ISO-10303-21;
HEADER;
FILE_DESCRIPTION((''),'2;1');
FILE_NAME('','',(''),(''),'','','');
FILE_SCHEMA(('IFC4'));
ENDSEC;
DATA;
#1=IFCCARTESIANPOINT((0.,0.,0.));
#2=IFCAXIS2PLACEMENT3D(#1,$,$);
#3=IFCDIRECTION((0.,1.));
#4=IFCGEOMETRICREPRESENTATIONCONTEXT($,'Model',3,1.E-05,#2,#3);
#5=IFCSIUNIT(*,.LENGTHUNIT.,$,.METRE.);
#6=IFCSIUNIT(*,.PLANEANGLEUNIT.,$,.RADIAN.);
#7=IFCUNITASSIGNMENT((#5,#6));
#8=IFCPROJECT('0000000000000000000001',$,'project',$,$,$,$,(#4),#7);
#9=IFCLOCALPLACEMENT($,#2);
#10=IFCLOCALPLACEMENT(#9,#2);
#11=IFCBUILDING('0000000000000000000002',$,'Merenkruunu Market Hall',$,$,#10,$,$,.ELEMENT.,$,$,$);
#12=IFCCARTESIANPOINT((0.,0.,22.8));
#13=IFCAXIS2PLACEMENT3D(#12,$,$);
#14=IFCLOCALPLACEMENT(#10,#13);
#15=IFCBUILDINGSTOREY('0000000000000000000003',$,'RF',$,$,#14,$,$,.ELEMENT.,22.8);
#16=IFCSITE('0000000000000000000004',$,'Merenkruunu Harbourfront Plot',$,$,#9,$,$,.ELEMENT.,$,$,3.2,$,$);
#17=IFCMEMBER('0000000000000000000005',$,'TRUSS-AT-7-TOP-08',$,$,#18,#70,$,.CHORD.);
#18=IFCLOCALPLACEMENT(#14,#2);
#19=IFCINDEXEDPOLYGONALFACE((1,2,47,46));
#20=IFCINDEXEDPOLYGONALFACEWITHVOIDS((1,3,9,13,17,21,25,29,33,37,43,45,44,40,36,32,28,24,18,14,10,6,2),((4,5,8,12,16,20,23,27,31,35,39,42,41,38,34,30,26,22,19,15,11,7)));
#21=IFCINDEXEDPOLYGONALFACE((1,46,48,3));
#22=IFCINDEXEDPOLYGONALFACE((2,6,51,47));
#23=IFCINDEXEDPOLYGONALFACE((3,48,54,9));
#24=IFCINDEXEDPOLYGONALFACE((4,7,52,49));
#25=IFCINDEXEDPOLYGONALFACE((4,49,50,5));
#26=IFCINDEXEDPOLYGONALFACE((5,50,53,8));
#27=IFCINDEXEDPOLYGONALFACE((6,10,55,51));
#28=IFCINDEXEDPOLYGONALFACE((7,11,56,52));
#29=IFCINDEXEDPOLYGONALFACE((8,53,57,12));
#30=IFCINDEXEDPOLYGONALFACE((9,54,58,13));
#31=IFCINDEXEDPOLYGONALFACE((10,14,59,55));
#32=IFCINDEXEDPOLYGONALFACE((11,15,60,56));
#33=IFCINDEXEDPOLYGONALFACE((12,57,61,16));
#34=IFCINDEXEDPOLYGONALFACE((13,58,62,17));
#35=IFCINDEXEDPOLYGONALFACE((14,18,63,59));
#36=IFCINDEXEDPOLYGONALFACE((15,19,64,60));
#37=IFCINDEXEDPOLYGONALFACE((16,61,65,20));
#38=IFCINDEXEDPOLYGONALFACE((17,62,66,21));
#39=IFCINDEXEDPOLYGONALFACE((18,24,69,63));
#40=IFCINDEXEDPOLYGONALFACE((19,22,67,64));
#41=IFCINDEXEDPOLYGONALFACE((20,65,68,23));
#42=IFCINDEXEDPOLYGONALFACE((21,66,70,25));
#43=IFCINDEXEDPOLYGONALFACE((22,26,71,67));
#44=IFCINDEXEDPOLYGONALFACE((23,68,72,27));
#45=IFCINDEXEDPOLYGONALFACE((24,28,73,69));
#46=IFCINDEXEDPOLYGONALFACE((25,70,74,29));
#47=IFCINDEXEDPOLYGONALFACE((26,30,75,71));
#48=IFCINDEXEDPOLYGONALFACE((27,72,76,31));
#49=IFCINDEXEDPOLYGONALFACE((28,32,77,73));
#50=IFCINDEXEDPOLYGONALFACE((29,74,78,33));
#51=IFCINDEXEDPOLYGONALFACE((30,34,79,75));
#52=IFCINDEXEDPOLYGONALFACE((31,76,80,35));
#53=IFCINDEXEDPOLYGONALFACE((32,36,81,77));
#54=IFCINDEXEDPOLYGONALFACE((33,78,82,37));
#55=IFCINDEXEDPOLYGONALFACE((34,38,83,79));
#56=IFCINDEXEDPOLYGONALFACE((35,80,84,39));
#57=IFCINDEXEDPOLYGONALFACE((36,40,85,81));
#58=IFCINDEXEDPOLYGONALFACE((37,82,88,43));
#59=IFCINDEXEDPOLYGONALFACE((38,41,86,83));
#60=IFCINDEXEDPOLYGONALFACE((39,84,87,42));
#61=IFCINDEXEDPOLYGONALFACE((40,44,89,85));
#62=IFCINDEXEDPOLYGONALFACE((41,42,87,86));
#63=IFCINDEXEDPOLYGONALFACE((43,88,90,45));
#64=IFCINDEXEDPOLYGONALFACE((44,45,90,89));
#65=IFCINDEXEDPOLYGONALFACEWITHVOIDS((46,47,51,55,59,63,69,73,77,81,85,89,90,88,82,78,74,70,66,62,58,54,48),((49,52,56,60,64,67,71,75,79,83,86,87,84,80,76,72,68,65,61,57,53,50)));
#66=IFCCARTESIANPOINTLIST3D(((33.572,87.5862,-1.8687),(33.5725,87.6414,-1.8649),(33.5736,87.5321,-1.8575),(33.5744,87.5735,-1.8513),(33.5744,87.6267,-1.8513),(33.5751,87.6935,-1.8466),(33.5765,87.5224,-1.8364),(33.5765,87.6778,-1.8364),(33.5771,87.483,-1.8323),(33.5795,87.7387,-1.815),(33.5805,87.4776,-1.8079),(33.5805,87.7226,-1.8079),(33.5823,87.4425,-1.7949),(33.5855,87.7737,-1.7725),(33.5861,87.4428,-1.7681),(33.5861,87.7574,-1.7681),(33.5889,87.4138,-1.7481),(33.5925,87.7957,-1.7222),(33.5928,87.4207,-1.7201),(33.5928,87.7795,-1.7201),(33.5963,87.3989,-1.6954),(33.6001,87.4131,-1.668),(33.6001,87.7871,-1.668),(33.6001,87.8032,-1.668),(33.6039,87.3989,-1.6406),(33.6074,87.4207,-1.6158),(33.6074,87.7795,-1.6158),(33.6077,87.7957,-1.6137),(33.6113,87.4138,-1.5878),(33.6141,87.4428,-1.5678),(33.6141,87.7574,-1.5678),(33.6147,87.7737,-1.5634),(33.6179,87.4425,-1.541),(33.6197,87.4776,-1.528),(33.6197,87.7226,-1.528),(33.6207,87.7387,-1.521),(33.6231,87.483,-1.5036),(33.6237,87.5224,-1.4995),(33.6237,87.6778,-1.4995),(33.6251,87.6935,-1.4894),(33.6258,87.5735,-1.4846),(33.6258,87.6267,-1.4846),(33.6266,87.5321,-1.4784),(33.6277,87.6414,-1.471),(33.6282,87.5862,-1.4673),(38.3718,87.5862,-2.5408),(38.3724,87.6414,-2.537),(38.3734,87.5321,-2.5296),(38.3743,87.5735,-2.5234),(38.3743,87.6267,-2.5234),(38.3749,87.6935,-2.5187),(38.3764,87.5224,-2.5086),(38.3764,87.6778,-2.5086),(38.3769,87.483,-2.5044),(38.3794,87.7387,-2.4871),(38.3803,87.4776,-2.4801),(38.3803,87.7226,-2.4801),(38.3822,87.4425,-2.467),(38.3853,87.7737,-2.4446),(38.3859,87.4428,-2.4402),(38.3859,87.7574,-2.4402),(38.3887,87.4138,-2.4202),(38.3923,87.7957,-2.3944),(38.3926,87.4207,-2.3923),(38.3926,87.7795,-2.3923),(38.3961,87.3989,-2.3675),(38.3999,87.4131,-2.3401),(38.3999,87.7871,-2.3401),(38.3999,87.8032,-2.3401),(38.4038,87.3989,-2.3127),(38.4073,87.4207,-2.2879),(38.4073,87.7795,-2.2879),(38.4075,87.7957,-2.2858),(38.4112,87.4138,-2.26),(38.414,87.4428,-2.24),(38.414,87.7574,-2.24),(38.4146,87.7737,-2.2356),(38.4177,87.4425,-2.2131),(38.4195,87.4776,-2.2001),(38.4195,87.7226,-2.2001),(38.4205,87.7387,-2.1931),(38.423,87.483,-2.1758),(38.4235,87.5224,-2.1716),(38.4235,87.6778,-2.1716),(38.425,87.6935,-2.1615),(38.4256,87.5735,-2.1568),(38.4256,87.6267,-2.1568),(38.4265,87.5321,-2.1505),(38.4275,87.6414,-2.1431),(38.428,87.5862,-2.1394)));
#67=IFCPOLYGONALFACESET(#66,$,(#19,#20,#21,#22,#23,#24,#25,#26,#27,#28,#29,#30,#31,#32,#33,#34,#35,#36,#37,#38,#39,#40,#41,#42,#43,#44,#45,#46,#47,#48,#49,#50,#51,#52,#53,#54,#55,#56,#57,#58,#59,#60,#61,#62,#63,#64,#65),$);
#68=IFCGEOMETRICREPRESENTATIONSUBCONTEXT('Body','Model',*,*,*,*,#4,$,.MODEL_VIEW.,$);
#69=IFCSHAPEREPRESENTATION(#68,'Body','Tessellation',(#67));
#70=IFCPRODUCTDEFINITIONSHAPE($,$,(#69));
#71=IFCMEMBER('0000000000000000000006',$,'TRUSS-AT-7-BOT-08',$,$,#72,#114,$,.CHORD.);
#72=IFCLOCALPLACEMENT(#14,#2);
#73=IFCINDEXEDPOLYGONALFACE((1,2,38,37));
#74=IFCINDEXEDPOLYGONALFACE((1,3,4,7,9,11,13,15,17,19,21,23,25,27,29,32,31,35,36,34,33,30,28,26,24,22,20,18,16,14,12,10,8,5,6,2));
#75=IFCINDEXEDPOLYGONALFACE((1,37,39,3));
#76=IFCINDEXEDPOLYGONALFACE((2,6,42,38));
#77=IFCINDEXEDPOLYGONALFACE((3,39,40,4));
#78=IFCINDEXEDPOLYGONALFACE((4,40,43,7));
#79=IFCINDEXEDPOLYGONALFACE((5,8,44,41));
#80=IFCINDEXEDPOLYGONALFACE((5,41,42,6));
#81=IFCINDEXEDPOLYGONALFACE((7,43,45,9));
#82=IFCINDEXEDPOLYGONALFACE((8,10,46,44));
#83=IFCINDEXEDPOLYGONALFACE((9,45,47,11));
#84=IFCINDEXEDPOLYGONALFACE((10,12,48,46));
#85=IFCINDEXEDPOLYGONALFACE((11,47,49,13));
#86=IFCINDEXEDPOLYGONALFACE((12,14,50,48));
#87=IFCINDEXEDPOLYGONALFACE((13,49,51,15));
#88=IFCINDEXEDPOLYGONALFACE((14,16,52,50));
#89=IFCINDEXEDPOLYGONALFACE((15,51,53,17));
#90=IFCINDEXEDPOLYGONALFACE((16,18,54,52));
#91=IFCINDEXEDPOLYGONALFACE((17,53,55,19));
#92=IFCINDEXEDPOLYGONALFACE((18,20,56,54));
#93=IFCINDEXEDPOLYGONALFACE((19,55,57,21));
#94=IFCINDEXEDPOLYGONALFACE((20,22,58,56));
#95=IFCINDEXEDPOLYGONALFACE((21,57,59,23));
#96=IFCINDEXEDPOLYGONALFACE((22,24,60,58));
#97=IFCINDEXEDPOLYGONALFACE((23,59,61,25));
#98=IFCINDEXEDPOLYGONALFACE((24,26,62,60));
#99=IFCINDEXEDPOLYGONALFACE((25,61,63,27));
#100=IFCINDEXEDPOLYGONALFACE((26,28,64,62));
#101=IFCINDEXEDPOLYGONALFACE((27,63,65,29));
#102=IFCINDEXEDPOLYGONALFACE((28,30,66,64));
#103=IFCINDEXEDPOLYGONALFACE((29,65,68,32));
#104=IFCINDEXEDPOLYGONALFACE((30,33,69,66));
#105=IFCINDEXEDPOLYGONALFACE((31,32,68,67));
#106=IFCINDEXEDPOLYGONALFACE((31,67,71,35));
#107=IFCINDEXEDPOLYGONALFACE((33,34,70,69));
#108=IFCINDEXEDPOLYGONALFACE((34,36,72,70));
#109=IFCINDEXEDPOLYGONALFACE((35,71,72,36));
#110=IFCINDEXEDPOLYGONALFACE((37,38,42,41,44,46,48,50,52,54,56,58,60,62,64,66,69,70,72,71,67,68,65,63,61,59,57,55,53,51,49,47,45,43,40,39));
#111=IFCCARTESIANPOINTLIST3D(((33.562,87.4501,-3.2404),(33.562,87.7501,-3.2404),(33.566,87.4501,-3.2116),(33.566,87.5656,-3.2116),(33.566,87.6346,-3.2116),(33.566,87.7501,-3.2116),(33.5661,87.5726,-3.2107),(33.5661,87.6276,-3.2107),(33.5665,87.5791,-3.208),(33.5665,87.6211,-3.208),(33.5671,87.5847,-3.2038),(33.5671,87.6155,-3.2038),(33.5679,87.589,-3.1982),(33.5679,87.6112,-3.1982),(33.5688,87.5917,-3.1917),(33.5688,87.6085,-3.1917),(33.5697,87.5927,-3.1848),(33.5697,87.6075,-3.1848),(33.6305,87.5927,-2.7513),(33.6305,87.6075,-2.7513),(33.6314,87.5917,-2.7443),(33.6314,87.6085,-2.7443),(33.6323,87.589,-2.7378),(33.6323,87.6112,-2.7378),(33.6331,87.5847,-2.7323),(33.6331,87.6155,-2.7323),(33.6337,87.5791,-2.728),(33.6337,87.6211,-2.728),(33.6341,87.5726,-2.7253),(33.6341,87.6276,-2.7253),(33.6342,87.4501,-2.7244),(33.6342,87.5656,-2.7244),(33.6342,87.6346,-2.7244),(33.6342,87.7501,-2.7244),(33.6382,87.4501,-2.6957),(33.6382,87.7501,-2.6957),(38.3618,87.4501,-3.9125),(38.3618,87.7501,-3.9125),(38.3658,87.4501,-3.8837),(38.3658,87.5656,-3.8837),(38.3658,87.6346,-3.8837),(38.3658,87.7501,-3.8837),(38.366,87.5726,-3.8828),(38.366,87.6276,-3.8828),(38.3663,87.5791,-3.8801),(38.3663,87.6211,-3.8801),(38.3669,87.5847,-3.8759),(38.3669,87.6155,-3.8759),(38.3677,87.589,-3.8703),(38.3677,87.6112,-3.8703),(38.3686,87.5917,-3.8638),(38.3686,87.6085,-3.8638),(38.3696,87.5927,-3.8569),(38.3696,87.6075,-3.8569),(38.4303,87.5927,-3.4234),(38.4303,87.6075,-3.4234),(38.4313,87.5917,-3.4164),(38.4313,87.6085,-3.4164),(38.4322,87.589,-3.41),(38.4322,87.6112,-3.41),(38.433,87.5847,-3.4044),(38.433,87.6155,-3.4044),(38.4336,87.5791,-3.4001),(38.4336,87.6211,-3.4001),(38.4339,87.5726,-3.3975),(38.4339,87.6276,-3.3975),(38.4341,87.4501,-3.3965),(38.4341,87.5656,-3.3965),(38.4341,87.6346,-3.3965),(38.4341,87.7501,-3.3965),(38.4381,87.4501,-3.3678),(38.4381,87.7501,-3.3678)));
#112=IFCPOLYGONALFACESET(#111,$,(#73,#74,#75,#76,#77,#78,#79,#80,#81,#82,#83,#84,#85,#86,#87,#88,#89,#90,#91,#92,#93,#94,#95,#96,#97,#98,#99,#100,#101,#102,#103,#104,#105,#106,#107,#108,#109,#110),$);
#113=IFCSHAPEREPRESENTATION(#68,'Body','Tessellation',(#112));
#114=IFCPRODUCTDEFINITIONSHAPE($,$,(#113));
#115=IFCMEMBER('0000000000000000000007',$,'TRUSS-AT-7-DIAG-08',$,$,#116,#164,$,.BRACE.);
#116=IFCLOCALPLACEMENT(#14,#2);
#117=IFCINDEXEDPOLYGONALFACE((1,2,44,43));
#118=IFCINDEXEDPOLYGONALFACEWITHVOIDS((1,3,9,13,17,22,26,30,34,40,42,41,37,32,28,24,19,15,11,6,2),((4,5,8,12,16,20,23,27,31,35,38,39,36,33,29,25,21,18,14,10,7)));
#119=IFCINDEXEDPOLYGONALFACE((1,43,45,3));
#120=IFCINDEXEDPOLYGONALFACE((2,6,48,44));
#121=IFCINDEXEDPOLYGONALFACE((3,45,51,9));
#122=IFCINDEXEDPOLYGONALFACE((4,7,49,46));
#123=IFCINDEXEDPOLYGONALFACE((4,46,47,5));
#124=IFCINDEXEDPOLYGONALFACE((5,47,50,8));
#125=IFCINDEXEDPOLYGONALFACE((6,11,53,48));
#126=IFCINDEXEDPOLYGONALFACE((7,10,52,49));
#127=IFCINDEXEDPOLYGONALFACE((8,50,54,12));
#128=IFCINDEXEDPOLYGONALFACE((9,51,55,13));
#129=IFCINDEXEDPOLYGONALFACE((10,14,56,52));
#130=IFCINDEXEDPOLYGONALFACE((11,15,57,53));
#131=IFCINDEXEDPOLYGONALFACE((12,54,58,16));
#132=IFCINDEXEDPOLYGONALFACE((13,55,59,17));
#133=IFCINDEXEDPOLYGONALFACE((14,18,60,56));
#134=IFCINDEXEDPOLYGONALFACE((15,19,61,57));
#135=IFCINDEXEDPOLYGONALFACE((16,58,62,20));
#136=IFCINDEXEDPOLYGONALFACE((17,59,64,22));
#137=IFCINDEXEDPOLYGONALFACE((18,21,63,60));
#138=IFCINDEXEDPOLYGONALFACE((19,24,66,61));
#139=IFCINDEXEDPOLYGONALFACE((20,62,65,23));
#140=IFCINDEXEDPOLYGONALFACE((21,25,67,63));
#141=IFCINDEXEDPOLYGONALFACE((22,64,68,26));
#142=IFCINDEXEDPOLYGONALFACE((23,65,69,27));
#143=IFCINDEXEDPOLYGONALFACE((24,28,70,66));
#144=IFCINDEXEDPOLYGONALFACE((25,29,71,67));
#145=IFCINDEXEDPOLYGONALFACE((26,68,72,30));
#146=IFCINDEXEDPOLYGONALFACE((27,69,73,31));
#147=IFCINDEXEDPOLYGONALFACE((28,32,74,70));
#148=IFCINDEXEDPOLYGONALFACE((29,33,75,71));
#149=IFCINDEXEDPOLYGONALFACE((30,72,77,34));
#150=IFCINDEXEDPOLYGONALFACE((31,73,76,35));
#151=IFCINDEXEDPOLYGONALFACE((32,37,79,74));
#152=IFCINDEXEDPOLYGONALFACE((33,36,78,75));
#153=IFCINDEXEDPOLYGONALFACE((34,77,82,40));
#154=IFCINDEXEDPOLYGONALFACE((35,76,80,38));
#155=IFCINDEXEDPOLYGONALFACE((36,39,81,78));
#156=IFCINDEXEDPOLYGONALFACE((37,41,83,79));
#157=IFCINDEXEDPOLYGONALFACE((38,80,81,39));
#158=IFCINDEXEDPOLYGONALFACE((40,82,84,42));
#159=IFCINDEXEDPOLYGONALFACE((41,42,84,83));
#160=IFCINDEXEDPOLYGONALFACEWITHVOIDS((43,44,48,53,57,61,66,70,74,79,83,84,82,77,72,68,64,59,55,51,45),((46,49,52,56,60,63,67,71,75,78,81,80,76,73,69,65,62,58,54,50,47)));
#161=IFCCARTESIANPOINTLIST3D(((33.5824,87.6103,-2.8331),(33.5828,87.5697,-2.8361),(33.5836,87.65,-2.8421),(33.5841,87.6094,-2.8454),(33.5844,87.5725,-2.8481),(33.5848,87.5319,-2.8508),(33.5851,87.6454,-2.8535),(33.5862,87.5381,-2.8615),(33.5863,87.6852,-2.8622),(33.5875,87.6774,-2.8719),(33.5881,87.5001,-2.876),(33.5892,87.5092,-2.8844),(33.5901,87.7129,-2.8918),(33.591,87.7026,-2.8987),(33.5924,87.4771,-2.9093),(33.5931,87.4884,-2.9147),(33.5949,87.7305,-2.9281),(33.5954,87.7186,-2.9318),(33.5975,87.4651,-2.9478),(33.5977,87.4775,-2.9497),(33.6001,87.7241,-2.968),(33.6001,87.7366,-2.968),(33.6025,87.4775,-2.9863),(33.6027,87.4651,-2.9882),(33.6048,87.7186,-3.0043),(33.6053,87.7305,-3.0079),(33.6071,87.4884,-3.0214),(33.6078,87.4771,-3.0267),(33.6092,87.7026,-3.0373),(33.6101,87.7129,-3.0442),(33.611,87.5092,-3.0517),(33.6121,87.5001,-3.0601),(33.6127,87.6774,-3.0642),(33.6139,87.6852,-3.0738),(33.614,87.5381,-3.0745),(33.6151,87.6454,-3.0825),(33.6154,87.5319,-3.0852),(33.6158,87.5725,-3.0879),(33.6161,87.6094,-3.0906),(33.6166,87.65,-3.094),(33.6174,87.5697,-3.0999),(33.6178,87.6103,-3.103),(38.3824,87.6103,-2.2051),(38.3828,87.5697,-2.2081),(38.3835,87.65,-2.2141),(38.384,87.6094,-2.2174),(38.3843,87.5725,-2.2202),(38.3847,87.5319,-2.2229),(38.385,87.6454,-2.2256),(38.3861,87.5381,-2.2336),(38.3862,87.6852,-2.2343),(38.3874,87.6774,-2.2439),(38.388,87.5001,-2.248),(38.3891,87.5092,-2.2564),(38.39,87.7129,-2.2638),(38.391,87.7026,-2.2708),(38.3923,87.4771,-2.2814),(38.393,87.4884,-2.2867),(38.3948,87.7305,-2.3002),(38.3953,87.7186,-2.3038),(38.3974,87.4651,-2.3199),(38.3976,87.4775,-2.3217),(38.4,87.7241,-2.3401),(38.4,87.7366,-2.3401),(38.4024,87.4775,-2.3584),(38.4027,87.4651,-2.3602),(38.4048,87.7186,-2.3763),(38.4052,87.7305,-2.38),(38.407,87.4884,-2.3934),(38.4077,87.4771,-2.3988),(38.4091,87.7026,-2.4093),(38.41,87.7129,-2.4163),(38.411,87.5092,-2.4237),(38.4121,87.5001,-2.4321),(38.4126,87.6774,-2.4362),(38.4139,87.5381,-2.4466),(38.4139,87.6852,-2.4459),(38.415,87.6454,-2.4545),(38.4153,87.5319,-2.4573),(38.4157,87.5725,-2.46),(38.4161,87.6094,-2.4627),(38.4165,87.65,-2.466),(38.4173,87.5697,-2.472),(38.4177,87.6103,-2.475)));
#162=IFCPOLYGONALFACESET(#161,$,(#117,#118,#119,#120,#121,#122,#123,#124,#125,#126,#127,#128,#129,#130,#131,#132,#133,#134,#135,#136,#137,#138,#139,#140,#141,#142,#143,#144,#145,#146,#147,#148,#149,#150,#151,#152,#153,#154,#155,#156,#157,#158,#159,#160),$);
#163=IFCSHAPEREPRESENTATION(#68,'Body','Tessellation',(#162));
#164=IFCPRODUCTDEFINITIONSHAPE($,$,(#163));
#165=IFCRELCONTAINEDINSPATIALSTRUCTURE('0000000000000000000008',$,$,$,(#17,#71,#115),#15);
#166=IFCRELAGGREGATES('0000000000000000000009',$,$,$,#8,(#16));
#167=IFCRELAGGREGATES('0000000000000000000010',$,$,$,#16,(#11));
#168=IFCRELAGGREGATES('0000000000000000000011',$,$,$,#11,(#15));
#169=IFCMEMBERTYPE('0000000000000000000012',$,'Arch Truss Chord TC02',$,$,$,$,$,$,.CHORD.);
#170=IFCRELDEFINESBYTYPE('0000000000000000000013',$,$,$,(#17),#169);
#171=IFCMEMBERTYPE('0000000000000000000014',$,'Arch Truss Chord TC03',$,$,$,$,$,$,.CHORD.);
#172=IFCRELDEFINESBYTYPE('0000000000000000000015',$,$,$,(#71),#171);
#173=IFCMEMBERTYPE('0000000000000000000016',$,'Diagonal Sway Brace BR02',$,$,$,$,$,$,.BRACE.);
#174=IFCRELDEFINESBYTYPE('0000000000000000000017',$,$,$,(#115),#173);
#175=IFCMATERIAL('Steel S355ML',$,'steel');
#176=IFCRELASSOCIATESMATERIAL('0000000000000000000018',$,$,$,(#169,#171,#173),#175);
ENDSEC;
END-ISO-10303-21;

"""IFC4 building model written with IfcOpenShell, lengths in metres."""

from ifc_helpers import new_model, si_unit, direction, frame, origin, origin_2d, place, context, subcontext, project, spatial, hollow_circle, i_section, extrude, material, material_profile, profile_set, type_object, element, save


model = new_model("IFC4")

# Units and contexts
model_context = context("Model", 3, precision=1e-05, world=origin(), true_north=direction((0.0, 1.0)))
body_context = subcontext(model_context, "Body", "Model", "MODEL_VIEW")
ifc_project = project(units=[si_unit("LENGTHUNIT", "METRE"), si_unit("PLANEANGLEUNIT", "RADIAN")], contexts=[model_context])

# Site, building, storey
site_placement = place(None, origin())
site = spatial("IfcSite", under=ifc_project, at=site_placement, Name="Merenkruunu Harbourfront Plot", CompositionType="ELEMENT", RefElevation=3.2)
building_placement = place(site_placement, origin())
building = spatial("IfcBuilding", under=site, at=building_placement, Name="Merenkruunu Market Hall", CompositionType="ELEMENT")
storey_placement = place(building_placement, frame((0.0, 0.0, 22.8)))
storey = spatial("IfcBuildingStorey", under=building, at=storey_placement, Name="RF", CompositionType="ELEMENT", Elevation=22.8)

# Members
ifc_material_1 = material(Name="Steel S355ML", Category="steel")
ifc_material_profile_1 = material_profile(ifc_material_1, hollow_circle(Radius=0.2031, WallThickness=0.0161, at=origin_2d()), Name="CHS 406.4x16")
ifc_profile_set_1 = profile_set([ifc_material_profile_1], Name="Steel S355ML")
member_type_1 = type_object("IfcMemberType", Name="Arch Truss Chord TC02", PredefinedType="CHORD", material=ifc_profile_set_1)
member_1_placement = place(storey_placement, frame((33.6001, 87.6001, -1.668), z_axis=(0.990338, 0.0, -0.138677), x_axis=(0.0, 1.0, 0.0)))
element("IfcMember", 1, at=member_1_placement, inside=storey, type_object=member_type_1, Name="TRUSS-AT-7-TOP-08", PredefinedType="CHORD", context=body_context, shape_type="SweptSolid", body=[
    extrude(hollow_circle(Radius=0.2031, WallThickness=0.0161, at=origin_2d()), origin(), (0.0, 0.0, 1.0), 4.8467),
])
ifc_material_profile_2 = material_profile(ifc_material_1, i_section(OverallWidth=0.3, OverallDepth=0.55, WebThickness=0.0149, FlangeThickness=0.0291, FilletRadius=0.0271, at=origin_2d()), Name="HEB 550")
ifc_profile_set_2 = profile_set([ifc_material_profile_2], Name="Steel S355ML")
member_type_2 = type_object("IfcMemberType", Name="Arch Truss Chord TC03", PredefinedType="CHORD", material=ifc_profile_set_2)
member_2_placement = place(storey_placement, frame((33.6001, 87.6001, -2.968), z_axis=(0.990338, 0.0, -0.138677), x_axis=(0.0, 1.0, 0.0)))
element("IfcMember", 2, at=member_2_placement, inside=storey, type_object=member_type_2, Name="TRUSS-AT-7-BOT-08", PredefinedType="CHORD", context=body_context, shape_type="SweptSolid", body=[
    extrude(i_section(OverallWidth=0.3, OverallDepth=0.55, WebThickness=0.0149, FlangeThickness=0.0291, FilletRadius=0.0271, at=origin_2d()), origin(), (0.0, 0.0, 1.0), 4.8467),
])
ifc_material_profile_3 = material_profile(ifc_material_1, hollow_circle(Radius=0.1365, WallThickness=0.0125, at=origin_2d()), Name="CHS 273x12.5")
ifc_profile_set_3 = profile_set([ifc_material_profile_3], Name="Steel S355ML")
member_type_3 = type_object("IfcMemberType", Name="Diagonal Sway Brace BR02", PredefinedType="BRACE", material=ifc_profile_set_3)
member_3_placement = place(storey_placement, frame((33.6001, 87.6001, -2.968), z_axis=(0.991551, 0.0, 0.129719), x_axis=(0.0, 1.0, 0.0)))
element("IfcMember", 3, at=member_3_placement, inside=storey, type_object=member_type_3, Name="TRUSS-AT-7-DIAG-08", PredefinedType="BRACE", context=body_context, shape_type="SweptSolid", body=[
    extrude(hollow_circle(Radius=0.1365, WallThickness=0.0125, at=origin_2d()), origin(), (0.0, 0.0, 1.0), 4.8408),
])

save(model, "model.ifc")
